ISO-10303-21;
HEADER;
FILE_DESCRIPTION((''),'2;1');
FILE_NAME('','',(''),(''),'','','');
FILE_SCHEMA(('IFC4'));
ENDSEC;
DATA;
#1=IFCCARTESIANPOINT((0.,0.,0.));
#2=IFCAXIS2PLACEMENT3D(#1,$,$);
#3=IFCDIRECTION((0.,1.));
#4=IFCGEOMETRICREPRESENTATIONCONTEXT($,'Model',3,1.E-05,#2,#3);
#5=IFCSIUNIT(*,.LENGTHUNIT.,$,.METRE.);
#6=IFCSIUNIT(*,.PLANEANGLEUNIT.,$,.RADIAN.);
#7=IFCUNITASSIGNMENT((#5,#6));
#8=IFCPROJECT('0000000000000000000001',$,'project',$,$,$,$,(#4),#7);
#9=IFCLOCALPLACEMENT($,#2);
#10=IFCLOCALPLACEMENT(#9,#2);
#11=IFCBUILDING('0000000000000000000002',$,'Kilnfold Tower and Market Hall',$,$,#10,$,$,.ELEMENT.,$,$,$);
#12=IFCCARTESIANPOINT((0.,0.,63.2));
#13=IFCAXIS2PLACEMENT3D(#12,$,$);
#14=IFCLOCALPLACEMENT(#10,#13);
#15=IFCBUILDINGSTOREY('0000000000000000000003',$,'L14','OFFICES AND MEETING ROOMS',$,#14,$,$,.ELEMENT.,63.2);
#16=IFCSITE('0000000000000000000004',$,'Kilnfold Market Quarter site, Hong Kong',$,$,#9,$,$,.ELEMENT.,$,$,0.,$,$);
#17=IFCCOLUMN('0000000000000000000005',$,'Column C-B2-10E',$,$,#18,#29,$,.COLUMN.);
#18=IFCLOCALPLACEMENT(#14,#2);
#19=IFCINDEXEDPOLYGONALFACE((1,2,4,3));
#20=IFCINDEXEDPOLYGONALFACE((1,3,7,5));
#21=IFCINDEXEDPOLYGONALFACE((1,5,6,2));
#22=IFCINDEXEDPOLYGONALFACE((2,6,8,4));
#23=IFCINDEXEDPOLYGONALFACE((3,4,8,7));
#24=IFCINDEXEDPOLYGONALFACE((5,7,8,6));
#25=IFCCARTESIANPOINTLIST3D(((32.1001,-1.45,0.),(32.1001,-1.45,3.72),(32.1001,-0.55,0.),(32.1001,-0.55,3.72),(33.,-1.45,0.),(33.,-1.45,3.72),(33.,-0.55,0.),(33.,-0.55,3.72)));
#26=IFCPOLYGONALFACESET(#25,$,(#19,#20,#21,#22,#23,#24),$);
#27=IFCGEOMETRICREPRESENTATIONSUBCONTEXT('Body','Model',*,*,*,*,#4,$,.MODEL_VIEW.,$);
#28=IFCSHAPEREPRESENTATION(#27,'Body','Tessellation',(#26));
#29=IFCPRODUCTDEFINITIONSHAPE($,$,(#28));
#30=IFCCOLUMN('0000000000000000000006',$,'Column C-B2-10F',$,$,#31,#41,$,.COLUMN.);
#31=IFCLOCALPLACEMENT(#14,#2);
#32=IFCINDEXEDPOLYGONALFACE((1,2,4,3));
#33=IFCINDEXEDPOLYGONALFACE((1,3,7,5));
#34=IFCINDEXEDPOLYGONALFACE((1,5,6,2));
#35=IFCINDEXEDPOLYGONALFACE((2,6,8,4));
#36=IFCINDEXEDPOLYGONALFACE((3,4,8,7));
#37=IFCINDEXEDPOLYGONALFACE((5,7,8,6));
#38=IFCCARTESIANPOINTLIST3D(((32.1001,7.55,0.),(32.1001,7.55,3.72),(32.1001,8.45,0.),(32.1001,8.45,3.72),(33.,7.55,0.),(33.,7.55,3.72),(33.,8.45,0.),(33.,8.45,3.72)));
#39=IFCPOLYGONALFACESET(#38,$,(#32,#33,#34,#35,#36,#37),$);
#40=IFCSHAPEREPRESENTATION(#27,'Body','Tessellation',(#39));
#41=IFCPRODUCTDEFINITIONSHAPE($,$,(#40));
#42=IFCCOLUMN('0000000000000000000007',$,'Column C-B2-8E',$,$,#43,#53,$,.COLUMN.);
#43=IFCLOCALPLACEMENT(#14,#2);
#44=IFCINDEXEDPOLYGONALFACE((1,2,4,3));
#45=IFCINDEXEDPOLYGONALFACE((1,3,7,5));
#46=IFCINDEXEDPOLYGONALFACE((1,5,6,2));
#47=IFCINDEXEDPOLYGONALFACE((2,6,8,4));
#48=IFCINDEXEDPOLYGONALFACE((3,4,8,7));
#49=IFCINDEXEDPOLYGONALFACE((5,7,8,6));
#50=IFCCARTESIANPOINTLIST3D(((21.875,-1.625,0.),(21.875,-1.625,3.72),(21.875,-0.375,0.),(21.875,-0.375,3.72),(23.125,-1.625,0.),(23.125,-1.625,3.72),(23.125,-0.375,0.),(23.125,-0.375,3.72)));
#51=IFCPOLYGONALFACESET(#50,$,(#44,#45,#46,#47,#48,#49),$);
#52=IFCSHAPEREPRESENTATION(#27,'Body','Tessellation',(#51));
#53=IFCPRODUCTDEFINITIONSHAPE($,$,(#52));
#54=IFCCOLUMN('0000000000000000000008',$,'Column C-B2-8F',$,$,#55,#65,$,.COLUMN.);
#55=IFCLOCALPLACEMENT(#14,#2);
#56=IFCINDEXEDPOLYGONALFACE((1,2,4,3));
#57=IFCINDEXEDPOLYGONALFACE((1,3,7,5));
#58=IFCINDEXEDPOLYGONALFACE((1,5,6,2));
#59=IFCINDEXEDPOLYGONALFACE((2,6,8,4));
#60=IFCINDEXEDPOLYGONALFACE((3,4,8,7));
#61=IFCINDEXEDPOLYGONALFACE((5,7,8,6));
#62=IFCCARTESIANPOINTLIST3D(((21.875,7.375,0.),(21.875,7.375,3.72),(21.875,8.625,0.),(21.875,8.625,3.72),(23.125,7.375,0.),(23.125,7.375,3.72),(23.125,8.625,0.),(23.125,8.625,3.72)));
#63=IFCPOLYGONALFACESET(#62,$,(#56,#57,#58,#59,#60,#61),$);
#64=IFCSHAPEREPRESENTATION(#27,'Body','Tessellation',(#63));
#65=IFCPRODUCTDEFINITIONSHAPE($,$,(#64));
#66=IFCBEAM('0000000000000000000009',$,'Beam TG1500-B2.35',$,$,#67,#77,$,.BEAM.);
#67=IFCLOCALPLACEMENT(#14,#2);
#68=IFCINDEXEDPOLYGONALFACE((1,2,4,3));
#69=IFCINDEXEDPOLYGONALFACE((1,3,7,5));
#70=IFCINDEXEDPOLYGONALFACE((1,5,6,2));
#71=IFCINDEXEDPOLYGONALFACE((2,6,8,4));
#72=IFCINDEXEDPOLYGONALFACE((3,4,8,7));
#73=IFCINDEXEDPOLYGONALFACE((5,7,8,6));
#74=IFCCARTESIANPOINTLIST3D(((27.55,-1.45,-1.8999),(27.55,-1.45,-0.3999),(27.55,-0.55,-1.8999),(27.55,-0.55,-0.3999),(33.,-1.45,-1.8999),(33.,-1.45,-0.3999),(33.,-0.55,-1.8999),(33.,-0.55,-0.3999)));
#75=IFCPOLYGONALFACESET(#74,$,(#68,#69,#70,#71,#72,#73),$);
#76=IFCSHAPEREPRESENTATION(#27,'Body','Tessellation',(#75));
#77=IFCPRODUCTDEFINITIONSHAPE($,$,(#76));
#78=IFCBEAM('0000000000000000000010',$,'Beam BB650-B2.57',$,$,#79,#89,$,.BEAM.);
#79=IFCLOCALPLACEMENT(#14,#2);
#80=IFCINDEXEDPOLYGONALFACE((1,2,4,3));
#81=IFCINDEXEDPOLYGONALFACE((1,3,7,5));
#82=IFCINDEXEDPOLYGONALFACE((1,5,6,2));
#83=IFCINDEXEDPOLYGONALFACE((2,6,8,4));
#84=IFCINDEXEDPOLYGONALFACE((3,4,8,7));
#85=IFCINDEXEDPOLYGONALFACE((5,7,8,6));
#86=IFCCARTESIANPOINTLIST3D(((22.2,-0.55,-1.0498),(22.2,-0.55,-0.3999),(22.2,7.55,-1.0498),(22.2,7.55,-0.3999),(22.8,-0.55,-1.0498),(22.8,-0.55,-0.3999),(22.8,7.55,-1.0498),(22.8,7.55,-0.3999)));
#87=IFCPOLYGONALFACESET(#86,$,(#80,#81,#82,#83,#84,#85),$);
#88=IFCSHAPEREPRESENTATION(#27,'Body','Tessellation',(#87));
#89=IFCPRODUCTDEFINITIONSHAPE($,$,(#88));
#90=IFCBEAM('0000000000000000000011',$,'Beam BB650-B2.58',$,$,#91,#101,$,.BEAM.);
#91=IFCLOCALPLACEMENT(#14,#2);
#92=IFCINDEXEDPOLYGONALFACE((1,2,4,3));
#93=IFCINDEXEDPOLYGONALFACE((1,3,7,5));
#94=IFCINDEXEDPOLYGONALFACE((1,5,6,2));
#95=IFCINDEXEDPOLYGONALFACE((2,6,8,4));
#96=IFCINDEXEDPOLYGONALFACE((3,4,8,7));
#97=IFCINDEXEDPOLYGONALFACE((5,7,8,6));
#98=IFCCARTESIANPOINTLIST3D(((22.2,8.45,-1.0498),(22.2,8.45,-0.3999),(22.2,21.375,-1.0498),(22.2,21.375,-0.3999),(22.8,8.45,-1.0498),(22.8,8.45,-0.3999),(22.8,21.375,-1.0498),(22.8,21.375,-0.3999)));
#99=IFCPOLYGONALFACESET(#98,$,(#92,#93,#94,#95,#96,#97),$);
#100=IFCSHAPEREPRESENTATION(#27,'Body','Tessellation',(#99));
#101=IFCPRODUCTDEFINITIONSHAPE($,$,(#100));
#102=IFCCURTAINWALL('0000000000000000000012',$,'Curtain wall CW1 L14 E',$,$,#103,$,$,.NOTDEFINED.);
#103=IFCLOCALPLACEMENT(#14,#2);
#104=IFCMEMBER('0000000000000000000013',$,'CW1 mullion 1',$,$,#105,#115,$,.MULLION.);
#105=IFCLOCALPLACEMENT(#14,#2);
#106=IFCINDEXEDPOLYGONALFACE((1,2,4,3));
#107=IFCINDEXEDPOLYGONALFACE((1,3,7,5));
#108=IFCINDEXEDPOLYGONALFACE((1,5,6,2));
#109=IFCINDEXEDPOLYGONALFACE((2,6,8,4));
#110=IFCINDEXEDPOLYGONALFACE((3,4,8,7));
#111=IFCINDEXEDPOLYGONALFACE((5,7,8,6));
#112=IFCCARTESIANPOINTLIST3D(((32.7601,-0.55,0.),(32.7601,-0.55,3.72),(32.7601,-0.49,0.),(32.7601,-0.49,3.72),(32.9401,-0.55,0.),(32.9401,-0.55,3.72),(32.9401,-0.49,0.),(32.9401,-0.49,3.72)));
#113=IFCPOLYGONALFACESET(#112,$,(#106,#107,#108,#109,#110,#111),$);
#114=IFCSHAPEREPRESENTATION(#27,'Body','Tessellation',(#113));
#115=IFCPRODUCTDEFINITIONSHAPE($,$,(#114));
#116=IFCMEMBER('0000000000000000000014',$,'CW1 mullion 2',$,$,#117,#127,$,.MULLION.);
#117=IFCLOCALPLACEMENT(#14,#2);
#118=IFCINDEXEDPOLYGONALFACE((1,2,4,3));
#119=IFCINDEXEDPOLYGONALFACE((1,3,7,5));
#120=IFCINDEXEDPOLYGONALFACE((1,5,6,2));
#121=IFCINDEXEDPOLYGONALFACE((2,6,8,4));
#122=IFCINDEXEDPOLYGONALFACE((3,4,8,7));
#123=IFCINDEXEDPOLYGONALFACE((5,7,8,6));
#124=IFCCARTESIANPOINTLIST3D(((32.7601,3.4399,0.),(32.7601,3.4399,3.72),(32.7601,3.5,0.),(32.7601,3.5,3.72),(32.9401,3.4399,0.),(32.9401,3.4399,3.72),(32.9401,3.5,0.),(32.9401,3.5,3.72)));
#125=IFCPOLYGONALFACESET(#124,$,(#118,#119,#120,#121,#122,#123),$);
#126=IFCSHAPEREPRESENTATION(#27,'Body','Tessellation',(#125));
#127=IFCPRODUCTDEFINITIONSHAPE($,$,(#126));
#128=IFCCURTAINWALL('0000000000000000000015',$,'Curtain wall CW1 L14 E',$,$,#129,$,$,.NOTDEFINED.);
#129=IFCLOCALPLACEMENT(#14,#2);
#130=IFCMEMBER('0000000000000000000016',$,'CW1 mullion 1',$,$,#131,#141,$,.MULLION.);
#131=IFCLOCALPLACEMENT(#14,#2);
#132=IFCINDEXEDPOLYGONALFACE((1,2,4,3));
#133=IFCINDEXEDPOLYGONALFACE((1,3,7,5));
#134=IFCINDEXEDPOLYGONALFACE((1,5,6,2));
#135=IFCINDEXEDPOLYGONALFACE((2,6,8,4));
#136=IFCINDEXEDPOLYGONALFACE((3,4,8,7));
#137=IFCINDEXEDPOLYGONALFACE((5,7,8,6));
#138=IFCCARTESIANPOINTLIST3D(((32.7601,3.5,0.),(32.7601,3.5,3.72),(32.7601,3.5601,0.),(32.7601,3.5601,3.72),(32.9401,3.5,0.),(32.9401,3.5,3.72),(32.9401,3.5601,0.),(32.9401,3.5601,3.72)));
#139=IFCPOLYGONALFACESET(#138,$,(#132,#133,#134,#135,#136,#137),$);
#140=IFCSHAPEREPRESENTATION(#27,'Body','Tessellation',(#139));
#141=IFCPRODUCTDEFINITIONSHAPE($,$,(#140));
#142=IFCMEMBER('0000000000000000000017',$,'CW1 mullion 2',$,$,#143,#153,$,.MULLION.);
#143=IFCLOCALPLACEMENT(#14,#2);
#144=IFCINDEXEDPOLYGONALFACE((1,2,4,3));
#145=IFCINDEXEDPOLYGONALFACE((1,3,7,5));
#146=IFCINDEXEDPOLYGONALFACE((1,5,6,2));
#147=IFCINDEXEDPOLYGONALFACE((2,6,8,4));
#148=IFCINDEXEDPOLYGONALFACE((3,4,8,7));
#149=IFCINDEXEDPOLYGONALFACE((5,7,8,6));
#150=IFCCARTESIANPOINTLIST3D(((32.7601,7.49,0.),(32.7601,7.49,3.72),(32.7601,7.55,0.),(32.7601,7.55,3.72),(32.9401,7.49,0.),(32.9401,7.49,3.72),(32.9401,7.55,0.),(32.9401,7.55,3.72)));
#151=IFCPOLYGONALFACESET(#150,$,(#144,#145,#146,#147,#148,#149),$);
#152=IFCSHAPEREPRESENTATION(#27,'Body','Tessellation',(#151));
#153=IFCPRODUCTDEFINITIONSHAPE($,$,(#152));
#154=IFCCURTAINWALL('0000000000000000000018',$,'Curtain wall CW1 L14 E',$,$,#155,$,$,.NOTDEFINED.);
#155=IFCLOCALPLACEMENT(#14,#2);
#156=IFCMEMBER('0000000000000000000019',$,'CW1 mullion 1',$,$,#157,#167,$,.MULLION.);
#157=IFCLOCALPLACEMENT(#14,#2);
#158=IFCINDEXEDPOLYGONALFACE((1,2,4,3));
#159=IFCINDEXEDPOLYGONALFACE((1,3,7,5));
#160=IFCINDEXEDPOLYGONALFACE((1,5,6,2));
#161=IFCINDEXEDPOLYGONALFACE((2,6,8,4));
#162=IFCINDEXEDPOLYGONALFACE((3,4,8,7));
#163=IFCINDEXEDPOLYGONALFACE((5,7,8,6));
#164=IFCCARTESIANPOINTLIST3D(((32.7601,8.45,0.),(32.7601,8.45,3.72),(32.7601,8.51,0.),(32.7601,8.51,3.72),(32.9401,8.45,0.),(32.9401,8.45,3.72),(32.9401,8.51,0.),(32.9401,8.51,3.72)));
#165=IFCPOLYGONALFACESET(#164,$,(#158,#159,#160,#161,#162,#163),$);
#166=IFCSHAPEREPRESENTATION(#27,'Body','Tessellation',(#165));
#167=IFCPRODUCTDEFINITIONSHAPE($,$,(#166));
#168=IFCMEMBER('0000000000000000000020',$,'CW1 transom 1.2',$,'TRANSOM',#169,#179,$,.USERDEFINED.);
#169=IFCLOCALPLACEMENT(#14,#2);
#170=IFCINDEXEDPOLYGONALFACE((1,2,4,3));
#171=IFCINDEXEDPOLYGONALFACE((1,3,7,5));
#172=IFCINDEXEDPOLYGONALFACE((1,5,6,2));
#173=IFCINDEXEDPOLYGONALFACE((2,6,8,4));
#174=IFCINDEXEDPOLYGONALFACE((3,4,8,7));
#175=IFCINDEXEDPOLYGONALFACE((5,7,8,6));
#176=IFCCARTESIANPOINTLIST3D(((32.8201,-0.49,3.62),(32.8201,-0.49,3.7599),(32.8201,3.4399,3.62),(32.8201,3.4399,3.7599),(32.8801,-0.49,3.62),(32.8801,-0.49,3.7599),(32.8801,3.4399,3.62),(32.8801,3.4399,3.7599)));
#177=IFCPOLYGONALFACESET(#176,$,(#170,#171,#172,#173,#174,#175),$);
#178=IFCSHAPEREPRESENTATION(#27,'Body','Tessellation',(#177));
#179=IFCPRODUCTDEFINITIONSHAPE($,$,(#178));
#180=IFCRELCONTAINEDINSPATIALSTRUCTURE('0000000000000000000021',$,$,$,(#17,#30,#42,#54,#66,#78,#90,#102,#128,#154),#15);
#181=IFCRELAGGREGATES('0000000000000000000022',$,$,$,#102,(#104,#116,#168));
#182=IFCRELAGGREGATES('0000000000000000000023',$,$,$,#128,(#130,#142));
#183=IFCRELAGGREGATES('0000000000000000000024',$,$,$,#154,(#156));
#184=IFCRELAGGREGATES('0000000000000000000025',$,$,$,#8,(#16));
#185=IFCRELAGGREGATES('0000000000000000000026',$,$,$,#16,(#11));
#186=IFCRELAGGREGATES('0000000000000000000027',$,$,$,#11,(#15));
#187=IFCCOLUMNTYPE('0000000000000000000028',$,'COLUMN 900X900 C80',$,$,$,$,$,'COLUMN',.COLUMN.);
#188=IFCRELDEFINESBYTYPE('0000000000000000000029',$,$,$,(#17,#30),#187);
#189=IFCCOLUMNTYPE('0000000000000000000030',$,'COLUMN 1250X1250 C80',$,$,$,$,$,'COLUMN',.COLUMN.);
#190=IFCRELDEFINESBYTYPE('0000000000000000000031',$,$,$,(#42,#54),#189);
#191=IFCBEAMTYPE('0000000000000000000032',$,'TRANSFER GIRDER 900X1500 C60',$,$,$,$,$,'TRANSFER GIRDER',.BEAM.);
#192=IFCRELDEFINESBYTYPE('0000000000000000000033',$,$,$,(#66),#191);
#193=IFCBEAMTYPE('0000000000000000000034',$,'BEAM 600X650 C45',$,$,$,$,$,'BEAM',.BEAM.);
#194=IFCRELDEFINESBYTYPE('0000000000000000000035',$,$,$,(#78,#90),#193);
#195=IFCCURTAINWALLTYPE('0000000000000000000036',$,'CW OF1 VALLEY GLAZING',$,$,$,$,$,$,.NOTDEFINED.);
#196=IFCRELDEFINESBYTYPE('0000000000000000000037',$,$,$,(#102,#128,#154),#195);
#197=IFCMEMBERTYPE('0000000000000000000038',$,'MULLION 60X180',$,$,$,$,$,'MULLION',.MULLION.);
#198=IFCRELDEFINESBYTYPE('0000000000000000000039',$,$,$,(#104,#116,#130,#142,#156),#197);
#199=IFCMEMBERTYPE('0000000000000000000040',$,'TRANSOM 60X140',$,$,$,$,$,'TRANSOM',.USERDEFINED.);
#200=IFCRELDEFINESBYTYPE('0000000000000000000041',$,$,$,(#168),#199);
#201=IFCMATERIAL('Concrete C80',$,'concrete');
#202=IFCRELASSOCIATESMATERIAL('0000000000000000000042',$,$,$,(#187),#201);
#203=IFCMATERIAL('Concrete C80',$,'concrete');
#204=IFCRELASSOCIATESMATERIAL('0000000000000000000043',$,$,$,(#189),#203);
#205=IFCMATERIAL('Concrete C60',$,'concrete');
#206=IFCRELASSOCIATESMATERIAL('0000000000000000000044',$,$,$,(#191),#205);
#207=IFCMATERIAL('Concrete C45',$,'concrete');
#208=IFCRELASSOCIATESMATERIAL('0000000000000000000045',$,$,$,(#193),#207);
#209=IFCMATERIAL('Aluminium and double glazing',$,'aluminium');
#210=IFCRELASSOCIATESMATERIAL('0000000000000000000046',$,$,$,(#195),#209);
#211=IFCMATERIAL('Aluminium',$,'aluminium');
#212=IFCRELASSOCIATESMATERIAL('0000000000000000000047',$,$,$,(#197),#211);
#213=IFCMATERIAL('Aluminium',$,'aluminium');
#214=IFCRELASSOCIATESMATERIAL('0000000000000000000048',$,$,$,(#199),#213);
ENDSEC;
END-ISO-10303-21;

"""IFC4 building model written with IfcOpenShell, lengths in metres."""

from ifc_helpers import new_model, si_unit, direction, frame, origin, origin_2d, place, context, subcontext, project, spatial, rectangle, extrude, source, transform, mapped, material, material_profile, profile_set, type_object, element, aggregate, save


model = new_model("IFC4")

# Units and contexts
model_context = context("Model", 3, precision=1e-05, world=origin(), true_north=direction((0.0, 1.0)))
body_context = subcontext(model_context, "Body", "Model", "MODEL_VIEW")
ifc_project = project(units=[si_unit("LENGTHUNIT", "METRE"), si_unit("PLANEANGLEUNIT", "RADIAN")], contexts=[model_context])

# Site, building, storey
site_placement = place(None, origin())
site = spatial("IfcSite", under=ifc_project, at=site_placement, Name="Kilnfold Market Quarter site, Hong Kong", CompositionType="ELEMENT", RefElevation=0.0)
building_placement = place(site_placement, origin())
building = spatial("IfcBuilding", under=site, at=building_placement, Name="Kilnfold Tower and Market Hall", CompositionType="ELEMENT")
storey_placement = place(building_placement, frame((0.0, 0.0, 63.2)))
storey = spatial("IfcBuildingStorey", under=building, at=storey_placement, Name="L14", Description="OFFICES AND MEETING ROOMS", CompositionType="ELEMENT", Elevation=63.2)

# Columns
ifc_material_1 = material(Name="Concrete C80", Category="concrete")
ifc_material_profile_1 = material_profile(ifc_material_1, rectangle(XDim=0.8999, YDim=0.8999, at=origin_2d()), Name="RC 900x900")
ifc_profile_set_1 = profile_set([ifc_material_profile_1], Name="Concrete C80")
column_type_1 = type_object("IfcColumnType", Name="COLUMN 900X900 C80", ElementType="COLUMN", PredefinedType="COLUMN", material=ifc_profile_set_1)
shared_shape_1 = source(origin(), body_context, "Body", "SweptSolid", [
    extrude(rectangle(XDim=0.8999, YDim=0.8999, at=origin_2d()), origin(), (0.0, 0.0, 1.0), 3.72),
])
for number, where, z_axis, x_axis, name in (
    (1, (32.55, -1.0, 0.0), (0.0, 0.0, 1.0), (1.0, 0.0, 0.0), "Column C-B2-10E"),
    (2, (32.55, 8.0, 0.0), (0.0, 0.0, 1.0), (1.0, 0.0, 0.0), "Column C-B2-10F"),
):
    element("IfcColumn", number, at=place(storey_placement, frame(where, z_axis=z_axis, x_axis=x_axis)), inside=storey, type_object=column_type_1, Name=name, PredefinedType="COLUMN", context=body_context, shape_type="MappedRepresentation", body=[
        mapped(shared_shape_1, transform((0.0, 0.0, 0.0))),
    ])
ifc_material_2 = material(Name="Concrete C80", Category="concrete")
ifc_material_profile_2 = material_profile(ifc_material_2, rectangle(XDim=1.25, YDim=1.25, at=origin_2d()), Name="RC 1250x1250")
ifc_profile_set_2 = profile_set([ifc_material_profile_2], Name="Concrete C80")
column_type_2 = type_object("IfcColumnType", Name="COLUMN 1250X1250 C80", ElementType="COLUMN", PredefinedType="COLUMN", material=ifc_profile_set_2)
shared_shape_2 = source(origin(), body_context, "Body", "SweptSolid", [
    extrude(rectangle(XDim=1.25, YDim=1.25, at=origin_2d()), origin(), (0.0, 0.0, 1.0), 3.72),
])
for number, where, z_axis, x_axis, name in (
    (3, (22.5, -1.0, 0.0), (0.0, 0.0, 1.0), (1.0, 0.0, 0.0), "Column C-B2-8E"),
    (4, (22.5, 8.0, 0.0), (0.0, 0.0, 1.0), (1.0, 0.0, 0.0), "Column C-B2-8F"),
):
    element("IfcColumn", number, at=place(storey_placement, frame(where, z_axis=z_axis, x_axis=x_axis)), inside=storey, type_object=column_type_2, Name=name, PredefinedType="COLUMN", context=body_context, shape_type="MappedRepresentation", body=[
        mapped(shared_shape_2, transform((0.0, 0.0, 0.0))),
    ])

# Beams
ifc_material_3 = material(Name="Concrete C60", Category="concrete")
ifc_material_profile_3 = material_profile(ifc_material_3, rectangle(XDim=0.8999, YDim=1.5, at=origin_2d()), Name="RC 900x1500")
ifc_profile_set_3 = profile_set([ifc_material_profile_3], Name="Concrete C60")
beam_type_1 = type_object("IfcBeamType", Name="TRANSFER GIRDER 900X1500 C60", ElementType="TRANSFER GIRDER", PredefinedType="BEAM", material=ifc_profile_set_3)
shared_shape_3 = source(origin(), body_context, "Body", "SweptSolid", [
    extrude(rectangle(XDim=0.8999, YDim=1.5, at=origin_2d()), origin(), (0.0, 0.0, 1.0), 5.45),
])
beam_1_placement = place(storey_placement, frame((27.55, -1.0, -1.1499), z_axis=(1.0, 0.0, 0.0), x_axis=(0.0, 1.0, 0.0)))
element("IfcBeam", 5, at=beam_1_placement, inside=storey, type_object=beam_type_1, Name="Beam TG1500-B2.35", PredefinedType="BEAM", context=body_context, shape_type="MappedRepresentation", body=[
    mapped(shared_shape_3, transform((0.0, 0.0, 0.0))),
])
ifc_material_4 = material(Name="Concrete C45", Category="concrete")
ifc_material_profile_4 = material_profile(ifc_material_4, rectangle(XDim=0.6001, YDim=0.6499, at=origin_2d()), Name="RC 600x650")
ifc_profile_set_4 = profile_set([ifc_material_profile_4], Name="Concrete C45")
beam_type_2 = type_object("IfcBeamType", Name="BEAM 600X650 C45", ElementType="BEAM", PredefinedType="BEAM", material=ifc_profile_set_4)
shared_shape_4 = source(origin(), body_context, "Body", "SweptSolid", [
    extrude(rectangle(XDim=0.6001, YDim=0.6499, at=origin_2d()), origin(), (0.0, 0.0, 1.0), 8.1001),
])
beam_2_placement = place(storey_placement, frame((22.5, -0.55, -0.7249), z_axis=(0.0, 1.0, 0.0), x_axis=(-1.0, 0.0, 0.0)))
element("IfcBeam", 6, at=beam_2_placement, inside=storey, type_object=beam_type_2, Name="Beam BB650-B2.57", PredefinedType="BEAM", context=body_context, shape_type="MappedRepresentation", body=[
    mapped(shared_shape_4, transform((0.0, 0.0, 0.0))),
])
shared_shape_5 = source(origin(), body_context, "Body", "SweptSolid", [
    extrude(rectangle(XDim=0.6001, YDim=0.6499, at=origin_2d()), origin(), (0.0, 0.0, 1.0), 12.925),
])
beam_3_placement = place(storey_placement, frame((22.5, 8.45, -0.7249), z_axis=(0.0, 1.0, 0.0), x_axis=(-1.0, 0.0, 0.0)))
element("IfcBeam", 7, at=beam_3_placement, inside=storey, type_object=beam_type_2, Name="Beam BB650-B2.58", PredefinedType="BEAM", context=body_context, shape_type="MappedRepresentation", body=[
    mapped(shared_shape_5, transform((0.0, 0.0, 0.0))),
])

# Curtain walls, members
ifc_material_5 = material(Name="Aluminium and double glazing", Category="aluminium")
curtain_wall_type = type_object("IfcCurtainWallType", Name="CW OF1 VALLEY GLAZING", PredefinedType="NOTDEFINED", material=ifc_material_5)
curtain_wall_1_placement = place(storey_placement, origin())
curtain_wall_1 = element("IfcCurtainWall", 8, at=curtain_wall_1_placement, inside=storey, type_object=curtain_wall_type, Name="Curtain wall CW1 L14 E", PredefinedType="NOTDEFINED")
ifc_material_6 = material(Name="Aluminium", Category="aluminium")
ifc_material_profile_5 = material_profile(ifc_material_6, rectangle(XDim=0.0601, YDim=0.1799, at=origin_2d()), Name="MULLION 60x180")
ifc_profile_set_5 = profile_set([ifc_material_profile_5], Name="Aluminium")
member_type_1 = type_object("IfcMemberType", Name="MULLION 60X180", ElementType="MULLION", PredefinedType="MULLION", material=ifc_profile_set_5)
shared_shape_6 = source(origin(), body_context, "Body", "SweptSolid", [
    extrude(rectangle(XDim=0.0601, YDim=0.1799, at=origin_2d()), origin(), (0.0, 0.0, 1.0), 3.72),
])
member_1_placement = place(storey_placement, frame((32.8501, -0.52, 0.0), z_axis=(0.0, 0.0, 1.0), x_axis=(0.0, 1.0, 0.0)))
member_1 = element("IfcMember", 9, at=member_1_placement, type_object=member_type_1, Name="CW1 mullion 1", PredefinedType="MULLION", context=body_context, shape_type="MappedRepresentation", body=[
    mapped(shared_shape_6, transform((0.0, 0.0, 0.0))),
])
member_2_placement = place(storey_placement, frame((32.8501, 3.47, 0.0), z_axis=(0.0, 0.0, 1.0), x_axis=(0.0, 1.0, 0.0)))
member_2 = element("IfcMember", 10, at=member_2_placement, type_object=member_type_1, Name="CW1 mullion 2", PredefinedType="MULLION", context=body_context, shape_type="MappedRepresentation", body=[
    mapped(shared_shape_6, transform((0.0, 0.0, 0.0))),
])
curtain_wall_2_placement = place(storey_placement, origin())
curtain_wall_2 = element("IfcCurtainWall", 11, at=curtain_wall_2_placement, inside=storey, type_object=curtain_wall_type, Name="Curtain wall CW1 L14 E", PredefinedType="NOTDEFINED")
member_3_placement = place(storey_placement, frame((32.8501, 3.53, 0.0), z_axis=(0.0, 0.0, 1.0), x_axis=(0.0, 1.0, 0.0)))
member_3 = element("IfcMember", 12, at=member_3_placement, type_object=member_type_1, Name="CW1 mullion 1", PredefinedType="MULLION", context=body_context, shape_type="MappedRepresentation", body=[
    mapped(shared_shape_6, transform((0.0, 0.0, 0.0))),
])
member_4_placement = place(storey_placement, frame((32.8501, 7.52, 0.0), z_axis=(0.0, 0.0, 1.0), x_axis=(0.0, 1.0, 0.0)))
member_4 = element("IfcMember", 13, at=member_4_placement, type_object=member_type_1, Name="CW1 mullion 2", PredefinedType="MULLION", context=body_context, shape_type="MappedRepresentation", body=[
    mapped(shared_shape_6, transform((0.0, 0.0, 0.0))),
])

# Curtain wall, member
curtain_wall_3_placement = place(storey_placement, origin())
curtain_wall_3 = element("IfcCurtainWall", 14, at=curtain_wall_3_placement, inside=storey, type_object=curtain_wall_type, Name="Curtain wall CW1 L14 E", PredefinedType="NOTDEFINED")
member_5_placement = place(storey_placement, frame((32.8501, 8.48, 0.0), z_axis=(0.0, 0.0, 1.0), x_axis=(0.0, 1.0, 0.0)))
member_5 = element("IfcMember", 15, at=member_5_placement, type_object=member_type_1, Name="CW1 mullion 1", PredefinedType="MULLION", context=body_context, shape_type="MappedRepresentation", body=[
    mapped(shared_shape_6, transform((0.0, 0.0, 0.0))),
])

# Member
ifc_material_7 = material(Name="Aluminium", Category="aluminium")
ifc_material_profile_6 = material_profile(ifc_material_7, rectangle(XDim=0.0601, YDim=0.1399, at=origin_2d()), Name="TRANSOM 60x140")
ifc_profile_set_6 = profile_set([ifc_material_profile_6], Name="Aluminium")
member_type_2 = type_object("IfcMemberType", Name="TRANSOM 60X140", ElementType="TRANSOM", PredefinedType="USERDEFINED", material=ifc_profile_set_6)
shared_shape_7 = source(origin(), body_context, "Body", "SweptSolid", [
    extrude(rectangle(XDim=0.0601, YDim=0.1399, at=origin_2d()), origin(), (0.0, 0.0, 1.0), 3.9299),
])
member_6_placement = place(storey_placement, frame((32.8501, -0.49, 3.6899), z_axis=(0.0, 1.0, 0.0), x_axis=(-1.0, 0.0, 0.0)))
member_6 = element("IfcMember", 16, at=member_6_placement, type_object=member_type_2, Name="CW1 transom 1.2", ObjectType="TRANSOM", PredefinedType="USERDEFINED", context=body_context, shape_type="MappedRepresentation", body=[
    mapped(shared_shape_7, transform((0.0, 0.0, 0.0))),
])

aggregate(curtain_wall_1, [member_1, member_2, member_6])
aggregate(curtain_wall_2, [member_3, member_4])
aggregate(curtain_wall_3, [member_5])

save(model, "model.ifc")
